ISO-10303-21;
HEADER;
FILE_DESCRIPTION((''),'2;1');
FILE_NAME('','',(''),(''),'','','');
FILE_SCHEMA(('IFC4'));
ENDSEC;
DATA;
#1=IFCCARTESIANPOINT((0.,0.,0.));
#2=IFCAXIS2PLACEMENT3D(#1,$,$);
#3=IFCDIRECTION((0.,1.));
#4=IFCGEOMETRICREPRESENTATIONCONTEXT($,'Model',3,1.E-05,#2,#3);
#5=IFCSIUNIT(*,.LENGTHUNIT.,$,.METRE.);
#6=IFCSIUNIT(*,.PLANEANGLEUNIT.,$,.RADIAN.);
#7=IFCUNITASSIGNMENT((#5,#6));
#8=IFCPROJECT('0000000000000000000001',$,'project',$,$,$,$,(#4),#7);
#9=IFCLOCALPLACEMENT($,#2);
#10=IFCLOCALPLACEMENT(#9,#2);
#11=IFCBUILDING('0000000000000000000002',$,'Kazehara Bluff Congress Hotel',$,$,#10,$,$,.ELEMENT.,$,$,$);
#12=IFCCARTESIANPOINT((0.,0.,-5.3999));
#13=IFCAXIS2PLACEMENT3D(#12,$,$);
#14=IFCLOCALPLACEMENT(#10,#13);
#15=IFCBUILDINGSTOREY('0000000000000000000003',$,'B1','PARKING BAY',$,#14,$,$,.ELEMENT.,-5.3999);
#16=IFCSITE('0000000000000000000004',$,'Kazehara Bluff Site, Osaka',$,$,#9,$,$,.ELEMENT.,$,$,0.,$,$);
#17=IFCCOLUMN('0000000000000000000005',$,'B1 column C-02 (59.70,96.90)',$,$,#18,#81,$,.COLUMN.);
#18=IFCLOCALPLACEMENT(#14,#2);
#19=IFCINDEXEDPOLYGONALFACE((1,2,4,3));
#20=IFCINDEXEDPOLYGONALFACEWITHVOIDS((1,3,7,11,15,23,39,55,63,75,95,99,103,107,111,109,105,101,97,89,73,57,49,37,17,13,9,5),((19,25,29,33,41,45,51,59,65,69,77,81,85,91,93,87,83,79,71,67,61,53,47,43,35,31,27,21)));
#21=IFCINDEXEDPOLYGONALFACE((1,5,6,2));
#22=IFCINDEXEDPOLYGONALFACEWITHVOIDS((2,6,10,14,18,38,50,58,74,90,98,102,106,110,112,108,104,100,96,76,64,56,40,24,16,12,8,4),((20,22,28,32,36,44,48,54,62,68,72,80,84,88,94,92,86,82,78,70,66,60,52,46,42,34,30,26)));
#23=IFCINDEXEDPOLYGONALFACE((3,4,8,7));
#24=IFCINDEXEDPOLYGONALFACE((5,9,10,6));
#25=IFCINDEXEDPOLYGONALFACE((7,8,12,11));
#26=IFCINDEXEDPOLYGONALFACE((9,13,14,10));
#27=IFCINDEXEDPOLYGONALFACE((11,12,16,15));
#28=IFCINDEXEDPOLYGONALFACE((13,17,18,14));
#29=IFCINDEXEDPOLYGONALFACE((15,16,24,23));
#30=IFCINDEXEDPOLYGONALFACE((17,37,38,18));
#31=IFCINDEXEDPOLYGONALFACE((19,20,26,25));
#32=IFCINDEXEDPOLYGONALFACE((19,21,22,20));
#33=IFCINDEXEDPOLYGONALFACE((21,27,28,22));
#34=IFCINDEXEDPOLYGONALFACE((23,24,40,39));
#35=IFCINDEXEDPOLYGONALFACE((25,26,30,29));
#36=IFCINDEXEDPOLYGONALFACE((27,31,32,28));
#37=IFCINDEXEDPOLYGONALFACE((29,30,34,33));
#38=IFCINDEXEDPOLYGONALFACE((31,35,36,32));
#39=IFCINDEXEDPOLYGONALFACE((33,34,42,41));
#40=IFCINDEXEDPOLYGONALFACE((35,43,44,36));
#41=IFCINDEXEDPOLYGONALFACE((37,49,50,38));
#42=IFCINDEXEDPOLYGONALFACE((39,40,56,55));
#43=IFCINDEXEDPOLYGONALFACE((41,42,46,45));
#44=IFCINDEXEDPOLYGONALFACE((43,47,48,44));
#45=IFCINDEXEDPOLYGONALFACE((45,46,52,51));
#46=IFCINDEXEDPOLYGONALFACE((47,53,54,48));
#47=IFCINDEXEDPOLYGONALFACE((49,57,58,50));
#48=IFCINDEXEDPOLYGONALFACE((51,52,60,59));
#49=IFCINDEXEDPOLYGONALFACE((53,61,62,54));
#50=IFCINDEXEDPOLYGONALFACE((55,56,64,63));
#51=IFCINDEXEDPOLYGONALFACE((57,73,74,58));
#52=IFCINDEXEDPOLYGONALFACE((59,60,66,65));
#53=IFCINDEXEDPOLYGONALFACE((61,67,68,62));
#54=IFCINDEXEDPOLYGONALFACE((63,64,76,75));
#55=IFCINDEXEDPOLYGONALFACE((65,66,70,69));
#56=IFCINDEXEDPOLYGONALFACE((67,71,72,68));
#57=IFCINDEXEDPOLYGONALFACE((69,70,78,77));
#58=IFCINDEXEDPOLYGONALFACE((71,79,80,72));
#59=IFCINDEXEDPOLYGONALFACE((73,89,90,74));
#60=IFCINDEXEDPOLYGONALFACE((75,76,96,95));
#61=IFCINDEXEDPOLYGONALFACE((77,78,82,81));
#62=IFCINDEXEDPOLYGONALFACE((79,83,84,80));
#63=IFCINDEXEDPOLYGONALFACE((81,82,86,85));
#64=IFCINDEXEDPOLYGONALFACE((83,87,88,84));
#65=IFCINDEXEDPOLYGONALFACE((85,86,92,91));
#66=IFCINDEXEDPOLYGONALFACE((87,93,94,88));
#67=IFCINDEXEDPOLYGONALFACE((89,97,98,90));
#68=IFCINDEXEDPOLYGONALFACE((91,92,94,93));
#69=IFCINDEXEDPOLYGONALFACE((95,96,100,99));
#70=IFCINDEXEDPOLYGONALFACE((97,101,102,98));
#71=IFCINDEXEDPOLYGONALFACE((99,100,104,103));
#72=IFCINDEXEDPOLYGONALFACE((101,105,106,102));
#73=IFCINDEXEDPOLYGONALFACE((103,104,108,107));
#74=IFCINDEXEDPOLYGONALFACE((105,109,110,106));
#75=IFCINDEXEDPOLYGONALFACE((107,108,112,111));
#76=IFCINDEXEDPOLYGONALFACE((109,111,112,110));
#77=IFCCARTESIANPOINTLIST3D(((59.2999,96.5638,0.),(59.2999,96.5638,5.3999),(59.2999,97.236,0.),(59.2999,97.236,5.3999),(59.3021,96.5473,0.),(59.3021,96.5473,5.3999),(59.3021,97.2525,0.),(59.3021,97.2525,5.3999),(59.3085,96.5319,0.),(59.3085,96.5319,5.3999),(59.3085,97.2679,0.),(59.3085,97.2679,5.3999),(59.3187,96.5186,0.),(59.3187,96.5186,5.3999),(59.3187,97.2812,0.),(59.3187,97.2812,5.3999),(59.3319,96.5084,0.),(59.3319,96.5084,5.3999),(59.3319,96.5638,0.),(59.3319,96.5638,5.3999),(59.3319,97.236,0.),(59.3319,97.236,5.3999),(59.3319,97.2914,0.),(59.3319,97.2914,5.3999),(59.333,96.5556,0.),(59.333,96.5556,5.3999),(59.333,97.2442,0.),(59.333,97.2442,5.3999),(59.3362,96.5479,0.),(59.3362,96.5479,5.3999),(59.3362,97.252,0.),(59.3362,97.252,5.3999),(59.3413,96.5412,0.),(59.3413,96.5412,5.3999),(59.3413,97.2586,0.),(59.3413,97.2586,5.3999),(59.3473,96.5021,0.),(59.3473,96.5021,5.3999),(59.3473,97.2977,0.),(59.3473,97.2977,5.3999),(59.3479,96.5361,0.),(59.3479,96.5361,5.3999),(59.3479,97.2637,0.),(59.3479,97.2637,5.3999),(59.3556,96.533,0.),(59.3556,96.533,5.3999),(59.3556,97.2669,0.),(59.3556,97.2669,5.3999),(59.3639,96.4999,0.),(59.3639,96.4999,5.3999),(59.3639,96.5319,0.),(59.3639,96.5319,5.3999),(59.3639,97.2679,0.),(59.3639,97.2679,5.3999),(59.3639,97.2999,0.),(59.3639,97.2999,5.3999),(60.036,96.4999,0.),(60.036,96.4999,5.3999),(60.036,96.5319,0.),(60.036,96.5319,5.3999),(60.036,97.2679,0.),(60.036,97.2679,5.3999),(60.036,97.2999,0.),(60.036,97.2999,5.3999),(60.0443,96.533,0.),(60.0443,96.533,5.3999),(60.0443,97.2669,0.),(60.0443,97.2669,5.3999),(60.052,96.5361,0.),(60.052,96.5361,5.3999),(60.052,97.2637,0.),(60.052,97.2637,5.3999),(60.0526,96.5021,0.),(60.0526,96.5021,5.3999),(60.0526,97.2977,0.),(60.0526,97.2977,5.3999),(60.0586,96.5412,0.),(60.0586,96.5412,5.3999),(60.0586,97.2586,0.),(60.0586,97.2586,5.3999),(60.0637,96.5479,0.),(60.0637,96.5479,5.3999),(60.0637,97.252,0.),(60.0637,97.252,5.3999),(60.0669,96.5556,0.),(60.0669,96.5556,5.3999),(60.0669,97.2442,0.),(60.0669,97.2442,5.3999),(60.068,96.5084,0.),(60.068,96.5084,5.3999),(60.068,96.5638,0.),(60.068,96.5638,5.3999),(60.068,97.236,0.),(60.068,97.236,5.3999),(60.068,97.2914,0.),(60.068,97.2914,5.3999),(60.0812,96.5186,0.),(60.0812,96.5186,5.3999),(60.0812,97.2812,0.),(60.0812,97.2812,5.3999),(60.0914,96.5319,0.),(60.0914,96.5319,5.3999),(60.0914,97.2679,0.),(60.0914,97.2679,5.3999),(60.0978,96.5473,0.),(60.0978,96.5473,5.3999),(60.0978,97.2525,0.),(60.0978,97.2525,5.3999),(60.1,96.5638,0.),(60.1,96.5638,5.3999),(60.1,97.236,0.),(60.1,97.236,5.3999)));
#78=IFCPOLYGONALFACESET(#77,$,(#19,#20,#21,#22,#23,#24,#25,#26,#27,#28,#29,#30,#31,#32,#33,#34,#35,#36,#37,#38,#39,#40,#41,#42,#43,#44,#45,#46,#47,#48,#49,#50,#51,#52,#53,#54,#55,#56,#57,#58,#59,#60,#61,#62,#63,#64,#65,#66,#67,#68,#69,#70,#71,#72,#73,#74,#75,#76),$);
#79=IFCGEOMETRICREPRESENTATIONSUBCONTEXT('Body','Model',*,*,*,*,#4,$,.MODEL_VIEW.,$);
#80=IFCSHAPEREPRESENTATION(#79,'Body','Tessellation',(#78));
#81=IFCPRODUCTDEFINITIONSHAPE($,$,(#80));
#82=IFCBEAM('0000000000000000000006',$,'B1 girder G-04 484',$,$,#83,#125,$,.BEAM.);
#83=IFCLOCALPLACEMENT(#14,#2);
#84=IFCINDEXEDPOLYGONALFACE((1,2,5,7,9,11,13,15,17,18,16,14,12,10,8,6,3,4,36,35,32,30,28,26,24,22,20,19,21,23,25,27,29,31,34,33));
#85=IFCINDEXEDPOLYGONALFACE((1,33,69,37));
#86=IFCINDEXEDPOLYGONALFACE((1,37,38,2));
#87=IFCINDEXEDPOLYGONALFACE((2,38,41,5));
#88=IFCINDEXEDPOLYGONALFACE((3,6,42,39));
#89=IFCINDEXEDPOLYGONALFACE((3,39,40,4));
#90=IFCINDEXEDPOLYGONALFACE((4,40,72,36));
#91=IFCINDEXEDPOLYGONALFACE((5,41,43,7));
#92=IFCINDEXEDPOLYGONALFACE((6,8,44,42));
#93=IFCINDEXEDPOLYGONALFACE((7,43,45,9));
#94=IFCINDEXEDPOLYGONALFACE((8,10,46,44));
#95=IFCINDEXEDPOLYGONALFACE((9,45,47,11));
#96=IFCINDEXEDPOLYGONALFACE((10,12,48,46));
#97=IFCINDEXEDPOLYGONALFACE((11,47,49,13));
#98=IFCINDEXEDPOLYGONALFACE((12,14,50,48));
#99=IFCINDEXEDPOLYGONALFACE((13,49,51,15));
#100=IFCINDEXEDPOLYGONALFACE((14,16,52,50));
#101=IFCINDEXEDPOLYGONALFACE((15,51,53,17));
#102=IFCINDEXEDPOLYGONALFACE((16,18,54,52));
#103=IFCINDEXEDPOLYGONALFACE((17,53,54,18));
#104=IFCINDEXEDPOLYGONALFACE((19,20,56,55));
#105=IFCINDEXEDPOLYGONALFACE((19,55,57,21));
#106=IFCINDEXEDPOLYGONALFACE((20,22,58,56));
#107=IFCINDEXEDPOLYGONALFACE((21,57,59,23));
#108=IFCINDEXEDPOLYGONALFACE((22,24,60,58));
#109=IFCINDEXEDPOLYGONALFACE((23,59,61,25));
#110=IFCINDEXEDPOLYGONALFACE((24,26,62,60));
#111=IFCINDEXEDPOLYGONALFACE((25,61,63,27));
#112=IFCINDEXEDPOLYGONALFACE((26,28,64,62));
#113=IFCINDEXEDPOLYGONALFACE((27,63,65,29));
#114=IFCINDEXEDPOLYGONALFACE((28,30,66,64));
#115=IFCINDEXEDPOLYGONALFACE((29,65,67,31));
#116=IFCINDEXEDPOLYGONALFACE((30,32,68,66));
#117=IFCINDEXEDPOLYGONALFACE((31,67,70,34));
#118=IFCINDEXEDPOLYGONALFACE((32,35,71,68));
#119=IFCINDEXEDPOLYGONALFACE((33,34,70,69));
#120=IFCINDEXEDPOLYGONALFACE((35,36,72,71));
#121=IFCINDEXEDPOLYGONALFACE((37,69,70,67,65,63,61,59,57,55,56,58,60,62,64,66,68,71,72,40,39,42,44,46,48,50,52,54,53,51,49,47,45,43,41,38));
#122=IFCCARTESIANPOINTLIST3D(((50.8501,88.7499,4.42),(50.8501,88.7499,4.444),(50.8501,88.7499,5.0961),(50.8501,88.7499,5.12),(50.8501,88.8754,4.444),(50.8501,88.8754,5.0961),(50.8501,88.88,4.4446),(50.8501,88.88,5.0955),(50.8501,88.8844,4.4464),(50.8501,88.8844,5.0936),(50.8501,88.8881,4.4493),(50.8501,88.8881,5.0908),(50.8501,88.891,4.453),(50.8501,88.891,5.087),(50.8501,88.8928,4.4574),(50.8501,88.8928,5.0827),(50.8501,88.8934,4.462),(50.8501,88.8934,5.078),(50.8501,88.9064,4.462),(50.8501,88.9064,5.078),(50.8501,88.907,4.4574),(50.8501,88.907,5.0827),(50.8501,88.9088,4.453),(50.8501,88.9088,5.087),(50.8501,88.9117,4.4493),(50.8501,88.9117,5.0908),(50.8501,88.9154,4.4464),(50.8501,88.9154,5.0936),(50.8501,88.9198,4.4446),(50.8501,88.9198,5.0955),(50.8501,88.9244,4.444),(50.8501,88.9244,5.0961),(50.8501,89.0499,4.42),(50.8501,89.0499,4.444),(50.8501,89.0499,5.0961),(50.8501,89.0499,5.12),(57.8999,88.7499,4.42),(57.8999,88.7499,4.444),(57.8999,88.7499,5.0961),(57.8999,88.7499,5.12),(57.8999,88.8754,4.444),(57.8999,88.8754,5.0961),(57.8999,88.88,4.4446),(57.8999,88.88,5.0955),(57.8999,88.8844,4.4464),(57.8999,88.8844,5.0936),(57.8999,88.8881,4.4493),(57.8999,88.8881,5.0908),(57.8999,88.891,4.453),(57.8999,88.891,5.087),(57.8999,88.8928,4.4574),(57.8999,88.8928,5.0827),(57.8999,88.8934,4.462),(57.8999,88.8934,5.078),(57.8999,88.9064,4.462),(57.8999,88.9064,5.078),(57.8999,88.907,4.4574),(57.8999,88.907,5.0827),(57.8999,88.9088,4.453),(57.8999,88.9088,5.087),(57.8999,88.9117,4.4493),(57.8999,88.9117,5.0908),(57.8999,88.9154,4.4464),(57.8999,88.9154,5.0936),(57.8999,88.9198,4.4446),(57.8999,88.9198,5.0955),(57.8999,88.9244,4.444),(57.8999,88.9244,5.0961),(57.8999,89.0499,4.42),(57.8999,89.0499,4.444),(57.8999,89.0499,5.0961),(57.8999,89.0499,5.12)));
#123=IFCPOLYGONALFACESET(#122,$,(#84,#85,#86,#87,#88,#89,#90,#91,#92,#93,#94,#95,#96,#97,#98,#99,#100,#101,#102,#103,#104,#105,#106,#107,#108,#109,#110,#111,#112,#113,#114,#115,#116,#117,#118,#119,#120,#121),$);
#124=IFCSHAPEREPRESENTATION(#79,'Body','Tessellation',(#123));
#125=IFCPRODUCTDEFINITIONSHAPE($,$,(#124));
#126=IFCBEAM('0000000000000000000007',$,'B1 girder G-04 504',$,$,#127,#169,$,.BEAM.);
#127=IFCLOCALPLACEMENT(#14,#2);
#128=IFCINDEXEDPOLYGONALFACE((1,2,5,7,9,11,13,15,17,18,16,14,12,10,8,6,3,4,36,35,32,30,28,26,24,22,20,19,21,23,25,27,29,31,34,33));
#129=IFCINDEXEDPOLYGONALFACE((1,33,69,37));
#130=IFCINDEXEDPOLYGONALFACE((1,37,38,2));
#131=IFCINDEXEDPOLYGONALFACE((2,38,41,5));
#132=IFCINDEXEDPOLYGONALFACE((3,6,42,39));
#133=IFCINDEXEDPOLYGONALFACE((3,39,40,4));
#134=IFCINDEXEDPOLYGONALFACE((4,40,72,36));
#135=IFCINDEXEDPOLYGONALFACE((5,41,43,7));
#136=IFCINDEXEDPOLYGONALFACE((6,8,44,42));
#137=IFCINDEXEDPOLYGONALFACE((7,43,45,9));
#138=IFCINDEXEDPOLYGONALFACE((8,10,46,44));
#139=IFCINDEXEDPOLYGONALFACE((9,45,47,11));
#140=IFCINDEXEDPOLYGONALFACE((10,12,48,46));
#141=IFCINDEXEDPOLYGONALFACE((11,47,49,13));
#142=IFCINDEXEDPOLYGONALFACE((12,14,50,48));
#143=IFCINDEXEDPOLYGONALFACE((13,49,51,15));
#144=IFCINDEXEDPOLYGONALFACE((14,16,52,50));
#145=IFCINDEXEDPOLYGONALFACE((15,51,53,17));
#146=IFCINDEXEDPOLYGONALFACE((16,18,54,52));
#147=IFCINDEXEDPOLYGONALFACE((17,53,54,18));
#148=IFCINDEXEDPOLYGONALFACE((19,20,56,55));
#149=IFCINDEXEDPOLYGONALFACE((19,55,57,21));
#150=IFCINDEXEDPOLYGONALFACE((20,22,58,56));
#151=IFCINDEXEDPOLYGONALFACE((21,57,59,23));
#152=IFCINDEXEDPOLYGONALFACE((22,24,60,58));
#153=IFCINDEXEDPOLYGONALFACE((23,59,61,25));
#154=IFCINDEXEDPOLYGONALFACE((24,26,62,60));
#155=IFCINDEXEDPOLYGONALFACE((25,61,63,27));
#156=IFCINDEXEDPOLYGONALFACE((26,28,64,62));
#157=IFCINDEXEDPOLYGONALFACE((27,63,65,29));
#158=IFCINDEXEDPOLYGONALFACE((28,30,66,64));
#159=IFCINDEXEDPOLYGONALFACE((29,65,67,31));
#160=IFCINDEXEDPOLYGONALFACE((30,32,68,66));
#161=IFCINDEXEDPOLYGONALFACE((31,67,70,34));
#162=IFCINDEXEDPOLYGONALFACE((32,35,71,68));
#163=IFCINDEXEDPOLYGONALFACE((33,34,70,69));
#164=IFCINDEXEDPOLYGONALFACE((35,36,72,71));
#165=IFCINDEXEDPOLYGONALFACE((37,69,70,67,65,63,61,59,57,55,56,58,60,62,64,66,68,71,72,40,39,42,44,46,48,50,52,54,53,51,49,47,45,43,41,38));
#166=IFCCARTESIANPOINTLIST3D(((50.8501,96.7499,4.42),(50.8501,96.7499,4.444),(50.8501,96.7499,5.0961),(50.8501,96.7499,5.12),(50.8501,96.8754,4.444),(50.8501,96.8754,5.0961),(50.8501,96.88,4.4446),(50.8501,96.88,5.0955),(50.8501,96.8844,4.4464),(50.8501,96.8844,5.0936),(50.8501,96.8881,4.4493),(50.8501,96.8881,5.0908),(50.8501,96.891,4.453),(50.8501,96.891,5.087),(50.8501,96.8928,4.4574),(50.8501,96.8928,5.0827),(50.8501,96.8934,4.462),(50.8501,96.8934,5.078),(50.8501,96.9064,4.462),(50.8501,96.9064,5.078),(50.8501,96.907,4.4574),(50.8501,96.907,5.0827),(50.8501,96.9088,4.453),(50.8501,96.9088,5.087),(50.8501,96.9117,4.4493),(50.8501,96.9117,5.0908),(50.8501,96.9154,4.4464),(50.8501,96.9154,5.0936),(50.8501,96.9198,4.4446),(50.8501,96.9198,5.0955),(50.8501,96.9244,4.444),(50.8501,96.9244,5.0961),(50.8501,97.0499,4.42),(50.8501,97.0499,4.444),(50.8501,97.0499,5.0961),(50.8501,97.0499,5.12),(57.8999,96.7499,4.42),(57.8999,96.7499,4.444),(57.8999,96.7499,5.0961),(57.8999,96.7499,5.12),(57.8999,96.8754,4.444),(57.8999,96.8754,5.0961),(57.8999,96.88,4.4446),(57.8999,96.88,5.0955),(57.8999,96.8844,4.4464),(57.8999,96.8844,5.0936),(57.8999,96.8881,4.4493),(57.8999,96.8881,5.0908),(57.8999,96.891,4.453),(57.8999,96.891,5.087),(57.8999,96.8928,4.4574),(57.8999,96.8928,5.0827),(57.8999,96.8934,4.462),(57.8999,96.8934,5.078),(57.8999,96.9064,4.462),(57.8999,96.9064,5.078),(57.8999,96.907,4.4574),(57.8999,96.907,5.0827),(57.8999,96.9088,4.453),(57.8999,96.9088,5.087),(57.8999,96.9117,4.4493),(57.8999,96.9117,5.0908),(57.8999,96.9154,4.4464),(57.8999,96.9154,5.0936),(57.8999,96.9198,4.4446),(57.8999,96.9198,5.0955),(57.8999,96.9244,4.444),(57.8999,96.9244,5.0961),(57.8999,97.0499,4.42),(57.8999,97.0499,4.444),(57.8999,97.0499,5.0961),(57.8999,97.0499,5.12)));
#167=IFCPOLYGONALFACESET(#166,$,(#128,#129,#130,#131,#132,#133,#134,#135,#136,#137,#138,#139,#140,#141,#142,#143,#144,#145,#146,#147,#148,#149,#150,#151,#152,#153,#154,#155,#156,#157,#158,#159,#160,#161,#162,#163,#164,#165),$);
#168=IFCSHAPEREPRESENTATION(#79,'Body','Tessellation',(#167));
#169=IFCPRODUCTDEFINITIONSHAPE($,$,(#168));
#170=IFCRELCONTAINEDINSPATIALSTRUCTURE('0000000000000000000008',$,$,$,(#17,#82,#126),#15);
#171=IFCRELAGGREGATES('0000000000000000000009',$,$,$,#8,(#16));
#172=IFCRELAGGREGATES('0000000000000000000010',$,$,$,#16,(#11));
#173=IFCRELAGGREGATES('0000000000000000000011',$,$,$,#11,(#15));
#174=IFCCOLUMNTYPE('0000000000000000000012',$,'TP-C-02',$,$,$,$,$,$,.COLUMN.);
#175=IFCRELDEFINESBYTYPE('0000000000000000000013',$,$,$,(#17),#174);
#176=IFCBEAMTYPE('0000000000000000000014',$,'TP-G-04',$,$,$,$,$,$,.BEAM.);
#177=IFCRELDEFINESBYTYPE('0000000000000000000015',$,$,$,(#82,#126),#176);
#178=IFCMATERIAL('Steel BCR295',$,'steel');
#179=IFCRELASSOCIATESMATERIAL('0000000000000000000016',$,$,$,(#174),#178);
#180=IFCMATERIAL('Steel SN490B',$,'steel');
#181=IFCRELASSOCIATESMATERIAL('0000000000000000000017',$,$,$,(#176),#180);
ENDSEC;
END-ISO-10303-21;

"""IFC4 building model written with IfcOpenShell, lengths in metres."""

from ifc_helpers import new_model, si_unit, direction, frame, origin, origin_2d, place, context, subcontext, project, spatial, hollow_rectangle, i_section, extrude, material, material_profile, profile_set, type_object, element, save


model = new_model("IFC4")

# Units and contexts
model_context = context("Model", 3, precision=1e-05, world=origin(), true_north=direction((0.0, 1.0)))
body_context = subcontext(model_context, "Body", "Model", "MODEL_VIEW")
ifc_project = project(units=[si_unit("LENGTHUNIT", "METRE"), si_unit("PLANEANGLEUNIT", "RADIAN")], contexts=[model_context])

# Site, building, storey
site_placement = place(None, origin())
site = spatial("IfcSite", under=ifc_project, at=site_placement, Name="Kazehara Bluff Site, Osaka", CompositionType="ELEMENT", RefElevation=0.0)
building_placement = place(site_placement, origin())
building = spatial("IfcBuilding", under=site, at=building_placement, Name="Kazehara Bluff Congress Hotel", CompositionType="ELEMENT")
storey_placement = place(building_placement, frame((0.0, 0.0, -5.3999)))
storey = spatial("IfcBuildingStorey", under=building, at=storey_placement, Name="B1", Description="PARKING BAY", CompositionType="ELEMENT", Elevation=-5.3999)

# Column
ifc_material_1 = material(Name="Steel BCR295", Category="steel")
ifc_material_profile_1 = material_profile(ifc_material_1, hollow_rectangle(XDim=0.8, YDim=0.8, WallThickness=0.032, InnerFilletRadius=0.032, OuterFilletRadius=0.064, at=origin_2d()))
ifc_profile_set_1 = profile_set([ifc_material_profile_1], Name="Steel BCR295")
column_type_1 = type_object("IfcColumnType", Name="TP-C-02", PredefinedType="COLUMN", material=ifc_profile_set_1)
for number, where, z_axis, x_axis, name in (
    (1, (59.7, 96.8999, 0.0), (0.0, 0.0, 1.0), (1.0, 0.0, 0.0), "B1 column C-02 (59.70,96.90)"),
):
    element("IfcColumn", number, at=place(storey_placement, frame(where, z_axis=z_axis, x_axis=x_axis)), inside=storey, type_object=column_type_1, Name=name, PredefinedType="COLUMN", context=body_context, shape_type="SweptSolid", body=[
        extrude(hollow_rectangle(XDim=0.8, YDim=0.8, WallThickness=0.032, InnerFilletRadius=0.032, OuterFilletRadius=0.064, at=origin_2d()), origin(), (0.0, 0.0, 1.0), 5.3999),
    ])

# Beams
ifc_material_2 = material(Name="Steel SN490B", Category="steel")
ifc_material_profile_2 = material_profile(ifc_material_2, i_section(OverallWidth=0.3, OverallDepth=0.7, WebThickness=0.0129, FlangeThickness=0.0239, FilletRadius=0.0181, at=origin_2d()))
ifc_profile_set_2 = profile_set([ifc_material_profile_2], Name="Steel SN490B")
beam_type_1 = type_object("IfcBeamType", Name="TP-G-04", PredefinedType="BEAM", material=ifc_profile_set_2)
for number, where, z_axis, x_axis, name in (
    (2, (50.8501, 88.8999, 4.77), (1.0, 0.0, 0.0), (0.0, 1.0, 0.0), "B1 girder G-04 484"),
    (3, (50.8501, 96.8999, 4.77), (1.0, 0.0, 0.0), (0.0, 1.0, 0.0), "B1 girder G-04 504"),
):
    element("IfcBeam", number, at=place(storey_placement, frame(where, z_axis=z_axis, x_axis=x_axis)), inside=storey, type_object=beam_type_1, Name=name, PredefinedType="BEAM", context=body_context, shape_type="SweptSolid", body=[
        extrude(i_section(OverallWidth=0.3, OverallDepth=0.7, WebThickness=0.0129, FlangeThickness=0.0239, FilletRadius=0.0181, at=origin_2d()), origin(), (0.0, 0.0, 1.0), 7.0498),
    ])

save(model, "model.ifc")
